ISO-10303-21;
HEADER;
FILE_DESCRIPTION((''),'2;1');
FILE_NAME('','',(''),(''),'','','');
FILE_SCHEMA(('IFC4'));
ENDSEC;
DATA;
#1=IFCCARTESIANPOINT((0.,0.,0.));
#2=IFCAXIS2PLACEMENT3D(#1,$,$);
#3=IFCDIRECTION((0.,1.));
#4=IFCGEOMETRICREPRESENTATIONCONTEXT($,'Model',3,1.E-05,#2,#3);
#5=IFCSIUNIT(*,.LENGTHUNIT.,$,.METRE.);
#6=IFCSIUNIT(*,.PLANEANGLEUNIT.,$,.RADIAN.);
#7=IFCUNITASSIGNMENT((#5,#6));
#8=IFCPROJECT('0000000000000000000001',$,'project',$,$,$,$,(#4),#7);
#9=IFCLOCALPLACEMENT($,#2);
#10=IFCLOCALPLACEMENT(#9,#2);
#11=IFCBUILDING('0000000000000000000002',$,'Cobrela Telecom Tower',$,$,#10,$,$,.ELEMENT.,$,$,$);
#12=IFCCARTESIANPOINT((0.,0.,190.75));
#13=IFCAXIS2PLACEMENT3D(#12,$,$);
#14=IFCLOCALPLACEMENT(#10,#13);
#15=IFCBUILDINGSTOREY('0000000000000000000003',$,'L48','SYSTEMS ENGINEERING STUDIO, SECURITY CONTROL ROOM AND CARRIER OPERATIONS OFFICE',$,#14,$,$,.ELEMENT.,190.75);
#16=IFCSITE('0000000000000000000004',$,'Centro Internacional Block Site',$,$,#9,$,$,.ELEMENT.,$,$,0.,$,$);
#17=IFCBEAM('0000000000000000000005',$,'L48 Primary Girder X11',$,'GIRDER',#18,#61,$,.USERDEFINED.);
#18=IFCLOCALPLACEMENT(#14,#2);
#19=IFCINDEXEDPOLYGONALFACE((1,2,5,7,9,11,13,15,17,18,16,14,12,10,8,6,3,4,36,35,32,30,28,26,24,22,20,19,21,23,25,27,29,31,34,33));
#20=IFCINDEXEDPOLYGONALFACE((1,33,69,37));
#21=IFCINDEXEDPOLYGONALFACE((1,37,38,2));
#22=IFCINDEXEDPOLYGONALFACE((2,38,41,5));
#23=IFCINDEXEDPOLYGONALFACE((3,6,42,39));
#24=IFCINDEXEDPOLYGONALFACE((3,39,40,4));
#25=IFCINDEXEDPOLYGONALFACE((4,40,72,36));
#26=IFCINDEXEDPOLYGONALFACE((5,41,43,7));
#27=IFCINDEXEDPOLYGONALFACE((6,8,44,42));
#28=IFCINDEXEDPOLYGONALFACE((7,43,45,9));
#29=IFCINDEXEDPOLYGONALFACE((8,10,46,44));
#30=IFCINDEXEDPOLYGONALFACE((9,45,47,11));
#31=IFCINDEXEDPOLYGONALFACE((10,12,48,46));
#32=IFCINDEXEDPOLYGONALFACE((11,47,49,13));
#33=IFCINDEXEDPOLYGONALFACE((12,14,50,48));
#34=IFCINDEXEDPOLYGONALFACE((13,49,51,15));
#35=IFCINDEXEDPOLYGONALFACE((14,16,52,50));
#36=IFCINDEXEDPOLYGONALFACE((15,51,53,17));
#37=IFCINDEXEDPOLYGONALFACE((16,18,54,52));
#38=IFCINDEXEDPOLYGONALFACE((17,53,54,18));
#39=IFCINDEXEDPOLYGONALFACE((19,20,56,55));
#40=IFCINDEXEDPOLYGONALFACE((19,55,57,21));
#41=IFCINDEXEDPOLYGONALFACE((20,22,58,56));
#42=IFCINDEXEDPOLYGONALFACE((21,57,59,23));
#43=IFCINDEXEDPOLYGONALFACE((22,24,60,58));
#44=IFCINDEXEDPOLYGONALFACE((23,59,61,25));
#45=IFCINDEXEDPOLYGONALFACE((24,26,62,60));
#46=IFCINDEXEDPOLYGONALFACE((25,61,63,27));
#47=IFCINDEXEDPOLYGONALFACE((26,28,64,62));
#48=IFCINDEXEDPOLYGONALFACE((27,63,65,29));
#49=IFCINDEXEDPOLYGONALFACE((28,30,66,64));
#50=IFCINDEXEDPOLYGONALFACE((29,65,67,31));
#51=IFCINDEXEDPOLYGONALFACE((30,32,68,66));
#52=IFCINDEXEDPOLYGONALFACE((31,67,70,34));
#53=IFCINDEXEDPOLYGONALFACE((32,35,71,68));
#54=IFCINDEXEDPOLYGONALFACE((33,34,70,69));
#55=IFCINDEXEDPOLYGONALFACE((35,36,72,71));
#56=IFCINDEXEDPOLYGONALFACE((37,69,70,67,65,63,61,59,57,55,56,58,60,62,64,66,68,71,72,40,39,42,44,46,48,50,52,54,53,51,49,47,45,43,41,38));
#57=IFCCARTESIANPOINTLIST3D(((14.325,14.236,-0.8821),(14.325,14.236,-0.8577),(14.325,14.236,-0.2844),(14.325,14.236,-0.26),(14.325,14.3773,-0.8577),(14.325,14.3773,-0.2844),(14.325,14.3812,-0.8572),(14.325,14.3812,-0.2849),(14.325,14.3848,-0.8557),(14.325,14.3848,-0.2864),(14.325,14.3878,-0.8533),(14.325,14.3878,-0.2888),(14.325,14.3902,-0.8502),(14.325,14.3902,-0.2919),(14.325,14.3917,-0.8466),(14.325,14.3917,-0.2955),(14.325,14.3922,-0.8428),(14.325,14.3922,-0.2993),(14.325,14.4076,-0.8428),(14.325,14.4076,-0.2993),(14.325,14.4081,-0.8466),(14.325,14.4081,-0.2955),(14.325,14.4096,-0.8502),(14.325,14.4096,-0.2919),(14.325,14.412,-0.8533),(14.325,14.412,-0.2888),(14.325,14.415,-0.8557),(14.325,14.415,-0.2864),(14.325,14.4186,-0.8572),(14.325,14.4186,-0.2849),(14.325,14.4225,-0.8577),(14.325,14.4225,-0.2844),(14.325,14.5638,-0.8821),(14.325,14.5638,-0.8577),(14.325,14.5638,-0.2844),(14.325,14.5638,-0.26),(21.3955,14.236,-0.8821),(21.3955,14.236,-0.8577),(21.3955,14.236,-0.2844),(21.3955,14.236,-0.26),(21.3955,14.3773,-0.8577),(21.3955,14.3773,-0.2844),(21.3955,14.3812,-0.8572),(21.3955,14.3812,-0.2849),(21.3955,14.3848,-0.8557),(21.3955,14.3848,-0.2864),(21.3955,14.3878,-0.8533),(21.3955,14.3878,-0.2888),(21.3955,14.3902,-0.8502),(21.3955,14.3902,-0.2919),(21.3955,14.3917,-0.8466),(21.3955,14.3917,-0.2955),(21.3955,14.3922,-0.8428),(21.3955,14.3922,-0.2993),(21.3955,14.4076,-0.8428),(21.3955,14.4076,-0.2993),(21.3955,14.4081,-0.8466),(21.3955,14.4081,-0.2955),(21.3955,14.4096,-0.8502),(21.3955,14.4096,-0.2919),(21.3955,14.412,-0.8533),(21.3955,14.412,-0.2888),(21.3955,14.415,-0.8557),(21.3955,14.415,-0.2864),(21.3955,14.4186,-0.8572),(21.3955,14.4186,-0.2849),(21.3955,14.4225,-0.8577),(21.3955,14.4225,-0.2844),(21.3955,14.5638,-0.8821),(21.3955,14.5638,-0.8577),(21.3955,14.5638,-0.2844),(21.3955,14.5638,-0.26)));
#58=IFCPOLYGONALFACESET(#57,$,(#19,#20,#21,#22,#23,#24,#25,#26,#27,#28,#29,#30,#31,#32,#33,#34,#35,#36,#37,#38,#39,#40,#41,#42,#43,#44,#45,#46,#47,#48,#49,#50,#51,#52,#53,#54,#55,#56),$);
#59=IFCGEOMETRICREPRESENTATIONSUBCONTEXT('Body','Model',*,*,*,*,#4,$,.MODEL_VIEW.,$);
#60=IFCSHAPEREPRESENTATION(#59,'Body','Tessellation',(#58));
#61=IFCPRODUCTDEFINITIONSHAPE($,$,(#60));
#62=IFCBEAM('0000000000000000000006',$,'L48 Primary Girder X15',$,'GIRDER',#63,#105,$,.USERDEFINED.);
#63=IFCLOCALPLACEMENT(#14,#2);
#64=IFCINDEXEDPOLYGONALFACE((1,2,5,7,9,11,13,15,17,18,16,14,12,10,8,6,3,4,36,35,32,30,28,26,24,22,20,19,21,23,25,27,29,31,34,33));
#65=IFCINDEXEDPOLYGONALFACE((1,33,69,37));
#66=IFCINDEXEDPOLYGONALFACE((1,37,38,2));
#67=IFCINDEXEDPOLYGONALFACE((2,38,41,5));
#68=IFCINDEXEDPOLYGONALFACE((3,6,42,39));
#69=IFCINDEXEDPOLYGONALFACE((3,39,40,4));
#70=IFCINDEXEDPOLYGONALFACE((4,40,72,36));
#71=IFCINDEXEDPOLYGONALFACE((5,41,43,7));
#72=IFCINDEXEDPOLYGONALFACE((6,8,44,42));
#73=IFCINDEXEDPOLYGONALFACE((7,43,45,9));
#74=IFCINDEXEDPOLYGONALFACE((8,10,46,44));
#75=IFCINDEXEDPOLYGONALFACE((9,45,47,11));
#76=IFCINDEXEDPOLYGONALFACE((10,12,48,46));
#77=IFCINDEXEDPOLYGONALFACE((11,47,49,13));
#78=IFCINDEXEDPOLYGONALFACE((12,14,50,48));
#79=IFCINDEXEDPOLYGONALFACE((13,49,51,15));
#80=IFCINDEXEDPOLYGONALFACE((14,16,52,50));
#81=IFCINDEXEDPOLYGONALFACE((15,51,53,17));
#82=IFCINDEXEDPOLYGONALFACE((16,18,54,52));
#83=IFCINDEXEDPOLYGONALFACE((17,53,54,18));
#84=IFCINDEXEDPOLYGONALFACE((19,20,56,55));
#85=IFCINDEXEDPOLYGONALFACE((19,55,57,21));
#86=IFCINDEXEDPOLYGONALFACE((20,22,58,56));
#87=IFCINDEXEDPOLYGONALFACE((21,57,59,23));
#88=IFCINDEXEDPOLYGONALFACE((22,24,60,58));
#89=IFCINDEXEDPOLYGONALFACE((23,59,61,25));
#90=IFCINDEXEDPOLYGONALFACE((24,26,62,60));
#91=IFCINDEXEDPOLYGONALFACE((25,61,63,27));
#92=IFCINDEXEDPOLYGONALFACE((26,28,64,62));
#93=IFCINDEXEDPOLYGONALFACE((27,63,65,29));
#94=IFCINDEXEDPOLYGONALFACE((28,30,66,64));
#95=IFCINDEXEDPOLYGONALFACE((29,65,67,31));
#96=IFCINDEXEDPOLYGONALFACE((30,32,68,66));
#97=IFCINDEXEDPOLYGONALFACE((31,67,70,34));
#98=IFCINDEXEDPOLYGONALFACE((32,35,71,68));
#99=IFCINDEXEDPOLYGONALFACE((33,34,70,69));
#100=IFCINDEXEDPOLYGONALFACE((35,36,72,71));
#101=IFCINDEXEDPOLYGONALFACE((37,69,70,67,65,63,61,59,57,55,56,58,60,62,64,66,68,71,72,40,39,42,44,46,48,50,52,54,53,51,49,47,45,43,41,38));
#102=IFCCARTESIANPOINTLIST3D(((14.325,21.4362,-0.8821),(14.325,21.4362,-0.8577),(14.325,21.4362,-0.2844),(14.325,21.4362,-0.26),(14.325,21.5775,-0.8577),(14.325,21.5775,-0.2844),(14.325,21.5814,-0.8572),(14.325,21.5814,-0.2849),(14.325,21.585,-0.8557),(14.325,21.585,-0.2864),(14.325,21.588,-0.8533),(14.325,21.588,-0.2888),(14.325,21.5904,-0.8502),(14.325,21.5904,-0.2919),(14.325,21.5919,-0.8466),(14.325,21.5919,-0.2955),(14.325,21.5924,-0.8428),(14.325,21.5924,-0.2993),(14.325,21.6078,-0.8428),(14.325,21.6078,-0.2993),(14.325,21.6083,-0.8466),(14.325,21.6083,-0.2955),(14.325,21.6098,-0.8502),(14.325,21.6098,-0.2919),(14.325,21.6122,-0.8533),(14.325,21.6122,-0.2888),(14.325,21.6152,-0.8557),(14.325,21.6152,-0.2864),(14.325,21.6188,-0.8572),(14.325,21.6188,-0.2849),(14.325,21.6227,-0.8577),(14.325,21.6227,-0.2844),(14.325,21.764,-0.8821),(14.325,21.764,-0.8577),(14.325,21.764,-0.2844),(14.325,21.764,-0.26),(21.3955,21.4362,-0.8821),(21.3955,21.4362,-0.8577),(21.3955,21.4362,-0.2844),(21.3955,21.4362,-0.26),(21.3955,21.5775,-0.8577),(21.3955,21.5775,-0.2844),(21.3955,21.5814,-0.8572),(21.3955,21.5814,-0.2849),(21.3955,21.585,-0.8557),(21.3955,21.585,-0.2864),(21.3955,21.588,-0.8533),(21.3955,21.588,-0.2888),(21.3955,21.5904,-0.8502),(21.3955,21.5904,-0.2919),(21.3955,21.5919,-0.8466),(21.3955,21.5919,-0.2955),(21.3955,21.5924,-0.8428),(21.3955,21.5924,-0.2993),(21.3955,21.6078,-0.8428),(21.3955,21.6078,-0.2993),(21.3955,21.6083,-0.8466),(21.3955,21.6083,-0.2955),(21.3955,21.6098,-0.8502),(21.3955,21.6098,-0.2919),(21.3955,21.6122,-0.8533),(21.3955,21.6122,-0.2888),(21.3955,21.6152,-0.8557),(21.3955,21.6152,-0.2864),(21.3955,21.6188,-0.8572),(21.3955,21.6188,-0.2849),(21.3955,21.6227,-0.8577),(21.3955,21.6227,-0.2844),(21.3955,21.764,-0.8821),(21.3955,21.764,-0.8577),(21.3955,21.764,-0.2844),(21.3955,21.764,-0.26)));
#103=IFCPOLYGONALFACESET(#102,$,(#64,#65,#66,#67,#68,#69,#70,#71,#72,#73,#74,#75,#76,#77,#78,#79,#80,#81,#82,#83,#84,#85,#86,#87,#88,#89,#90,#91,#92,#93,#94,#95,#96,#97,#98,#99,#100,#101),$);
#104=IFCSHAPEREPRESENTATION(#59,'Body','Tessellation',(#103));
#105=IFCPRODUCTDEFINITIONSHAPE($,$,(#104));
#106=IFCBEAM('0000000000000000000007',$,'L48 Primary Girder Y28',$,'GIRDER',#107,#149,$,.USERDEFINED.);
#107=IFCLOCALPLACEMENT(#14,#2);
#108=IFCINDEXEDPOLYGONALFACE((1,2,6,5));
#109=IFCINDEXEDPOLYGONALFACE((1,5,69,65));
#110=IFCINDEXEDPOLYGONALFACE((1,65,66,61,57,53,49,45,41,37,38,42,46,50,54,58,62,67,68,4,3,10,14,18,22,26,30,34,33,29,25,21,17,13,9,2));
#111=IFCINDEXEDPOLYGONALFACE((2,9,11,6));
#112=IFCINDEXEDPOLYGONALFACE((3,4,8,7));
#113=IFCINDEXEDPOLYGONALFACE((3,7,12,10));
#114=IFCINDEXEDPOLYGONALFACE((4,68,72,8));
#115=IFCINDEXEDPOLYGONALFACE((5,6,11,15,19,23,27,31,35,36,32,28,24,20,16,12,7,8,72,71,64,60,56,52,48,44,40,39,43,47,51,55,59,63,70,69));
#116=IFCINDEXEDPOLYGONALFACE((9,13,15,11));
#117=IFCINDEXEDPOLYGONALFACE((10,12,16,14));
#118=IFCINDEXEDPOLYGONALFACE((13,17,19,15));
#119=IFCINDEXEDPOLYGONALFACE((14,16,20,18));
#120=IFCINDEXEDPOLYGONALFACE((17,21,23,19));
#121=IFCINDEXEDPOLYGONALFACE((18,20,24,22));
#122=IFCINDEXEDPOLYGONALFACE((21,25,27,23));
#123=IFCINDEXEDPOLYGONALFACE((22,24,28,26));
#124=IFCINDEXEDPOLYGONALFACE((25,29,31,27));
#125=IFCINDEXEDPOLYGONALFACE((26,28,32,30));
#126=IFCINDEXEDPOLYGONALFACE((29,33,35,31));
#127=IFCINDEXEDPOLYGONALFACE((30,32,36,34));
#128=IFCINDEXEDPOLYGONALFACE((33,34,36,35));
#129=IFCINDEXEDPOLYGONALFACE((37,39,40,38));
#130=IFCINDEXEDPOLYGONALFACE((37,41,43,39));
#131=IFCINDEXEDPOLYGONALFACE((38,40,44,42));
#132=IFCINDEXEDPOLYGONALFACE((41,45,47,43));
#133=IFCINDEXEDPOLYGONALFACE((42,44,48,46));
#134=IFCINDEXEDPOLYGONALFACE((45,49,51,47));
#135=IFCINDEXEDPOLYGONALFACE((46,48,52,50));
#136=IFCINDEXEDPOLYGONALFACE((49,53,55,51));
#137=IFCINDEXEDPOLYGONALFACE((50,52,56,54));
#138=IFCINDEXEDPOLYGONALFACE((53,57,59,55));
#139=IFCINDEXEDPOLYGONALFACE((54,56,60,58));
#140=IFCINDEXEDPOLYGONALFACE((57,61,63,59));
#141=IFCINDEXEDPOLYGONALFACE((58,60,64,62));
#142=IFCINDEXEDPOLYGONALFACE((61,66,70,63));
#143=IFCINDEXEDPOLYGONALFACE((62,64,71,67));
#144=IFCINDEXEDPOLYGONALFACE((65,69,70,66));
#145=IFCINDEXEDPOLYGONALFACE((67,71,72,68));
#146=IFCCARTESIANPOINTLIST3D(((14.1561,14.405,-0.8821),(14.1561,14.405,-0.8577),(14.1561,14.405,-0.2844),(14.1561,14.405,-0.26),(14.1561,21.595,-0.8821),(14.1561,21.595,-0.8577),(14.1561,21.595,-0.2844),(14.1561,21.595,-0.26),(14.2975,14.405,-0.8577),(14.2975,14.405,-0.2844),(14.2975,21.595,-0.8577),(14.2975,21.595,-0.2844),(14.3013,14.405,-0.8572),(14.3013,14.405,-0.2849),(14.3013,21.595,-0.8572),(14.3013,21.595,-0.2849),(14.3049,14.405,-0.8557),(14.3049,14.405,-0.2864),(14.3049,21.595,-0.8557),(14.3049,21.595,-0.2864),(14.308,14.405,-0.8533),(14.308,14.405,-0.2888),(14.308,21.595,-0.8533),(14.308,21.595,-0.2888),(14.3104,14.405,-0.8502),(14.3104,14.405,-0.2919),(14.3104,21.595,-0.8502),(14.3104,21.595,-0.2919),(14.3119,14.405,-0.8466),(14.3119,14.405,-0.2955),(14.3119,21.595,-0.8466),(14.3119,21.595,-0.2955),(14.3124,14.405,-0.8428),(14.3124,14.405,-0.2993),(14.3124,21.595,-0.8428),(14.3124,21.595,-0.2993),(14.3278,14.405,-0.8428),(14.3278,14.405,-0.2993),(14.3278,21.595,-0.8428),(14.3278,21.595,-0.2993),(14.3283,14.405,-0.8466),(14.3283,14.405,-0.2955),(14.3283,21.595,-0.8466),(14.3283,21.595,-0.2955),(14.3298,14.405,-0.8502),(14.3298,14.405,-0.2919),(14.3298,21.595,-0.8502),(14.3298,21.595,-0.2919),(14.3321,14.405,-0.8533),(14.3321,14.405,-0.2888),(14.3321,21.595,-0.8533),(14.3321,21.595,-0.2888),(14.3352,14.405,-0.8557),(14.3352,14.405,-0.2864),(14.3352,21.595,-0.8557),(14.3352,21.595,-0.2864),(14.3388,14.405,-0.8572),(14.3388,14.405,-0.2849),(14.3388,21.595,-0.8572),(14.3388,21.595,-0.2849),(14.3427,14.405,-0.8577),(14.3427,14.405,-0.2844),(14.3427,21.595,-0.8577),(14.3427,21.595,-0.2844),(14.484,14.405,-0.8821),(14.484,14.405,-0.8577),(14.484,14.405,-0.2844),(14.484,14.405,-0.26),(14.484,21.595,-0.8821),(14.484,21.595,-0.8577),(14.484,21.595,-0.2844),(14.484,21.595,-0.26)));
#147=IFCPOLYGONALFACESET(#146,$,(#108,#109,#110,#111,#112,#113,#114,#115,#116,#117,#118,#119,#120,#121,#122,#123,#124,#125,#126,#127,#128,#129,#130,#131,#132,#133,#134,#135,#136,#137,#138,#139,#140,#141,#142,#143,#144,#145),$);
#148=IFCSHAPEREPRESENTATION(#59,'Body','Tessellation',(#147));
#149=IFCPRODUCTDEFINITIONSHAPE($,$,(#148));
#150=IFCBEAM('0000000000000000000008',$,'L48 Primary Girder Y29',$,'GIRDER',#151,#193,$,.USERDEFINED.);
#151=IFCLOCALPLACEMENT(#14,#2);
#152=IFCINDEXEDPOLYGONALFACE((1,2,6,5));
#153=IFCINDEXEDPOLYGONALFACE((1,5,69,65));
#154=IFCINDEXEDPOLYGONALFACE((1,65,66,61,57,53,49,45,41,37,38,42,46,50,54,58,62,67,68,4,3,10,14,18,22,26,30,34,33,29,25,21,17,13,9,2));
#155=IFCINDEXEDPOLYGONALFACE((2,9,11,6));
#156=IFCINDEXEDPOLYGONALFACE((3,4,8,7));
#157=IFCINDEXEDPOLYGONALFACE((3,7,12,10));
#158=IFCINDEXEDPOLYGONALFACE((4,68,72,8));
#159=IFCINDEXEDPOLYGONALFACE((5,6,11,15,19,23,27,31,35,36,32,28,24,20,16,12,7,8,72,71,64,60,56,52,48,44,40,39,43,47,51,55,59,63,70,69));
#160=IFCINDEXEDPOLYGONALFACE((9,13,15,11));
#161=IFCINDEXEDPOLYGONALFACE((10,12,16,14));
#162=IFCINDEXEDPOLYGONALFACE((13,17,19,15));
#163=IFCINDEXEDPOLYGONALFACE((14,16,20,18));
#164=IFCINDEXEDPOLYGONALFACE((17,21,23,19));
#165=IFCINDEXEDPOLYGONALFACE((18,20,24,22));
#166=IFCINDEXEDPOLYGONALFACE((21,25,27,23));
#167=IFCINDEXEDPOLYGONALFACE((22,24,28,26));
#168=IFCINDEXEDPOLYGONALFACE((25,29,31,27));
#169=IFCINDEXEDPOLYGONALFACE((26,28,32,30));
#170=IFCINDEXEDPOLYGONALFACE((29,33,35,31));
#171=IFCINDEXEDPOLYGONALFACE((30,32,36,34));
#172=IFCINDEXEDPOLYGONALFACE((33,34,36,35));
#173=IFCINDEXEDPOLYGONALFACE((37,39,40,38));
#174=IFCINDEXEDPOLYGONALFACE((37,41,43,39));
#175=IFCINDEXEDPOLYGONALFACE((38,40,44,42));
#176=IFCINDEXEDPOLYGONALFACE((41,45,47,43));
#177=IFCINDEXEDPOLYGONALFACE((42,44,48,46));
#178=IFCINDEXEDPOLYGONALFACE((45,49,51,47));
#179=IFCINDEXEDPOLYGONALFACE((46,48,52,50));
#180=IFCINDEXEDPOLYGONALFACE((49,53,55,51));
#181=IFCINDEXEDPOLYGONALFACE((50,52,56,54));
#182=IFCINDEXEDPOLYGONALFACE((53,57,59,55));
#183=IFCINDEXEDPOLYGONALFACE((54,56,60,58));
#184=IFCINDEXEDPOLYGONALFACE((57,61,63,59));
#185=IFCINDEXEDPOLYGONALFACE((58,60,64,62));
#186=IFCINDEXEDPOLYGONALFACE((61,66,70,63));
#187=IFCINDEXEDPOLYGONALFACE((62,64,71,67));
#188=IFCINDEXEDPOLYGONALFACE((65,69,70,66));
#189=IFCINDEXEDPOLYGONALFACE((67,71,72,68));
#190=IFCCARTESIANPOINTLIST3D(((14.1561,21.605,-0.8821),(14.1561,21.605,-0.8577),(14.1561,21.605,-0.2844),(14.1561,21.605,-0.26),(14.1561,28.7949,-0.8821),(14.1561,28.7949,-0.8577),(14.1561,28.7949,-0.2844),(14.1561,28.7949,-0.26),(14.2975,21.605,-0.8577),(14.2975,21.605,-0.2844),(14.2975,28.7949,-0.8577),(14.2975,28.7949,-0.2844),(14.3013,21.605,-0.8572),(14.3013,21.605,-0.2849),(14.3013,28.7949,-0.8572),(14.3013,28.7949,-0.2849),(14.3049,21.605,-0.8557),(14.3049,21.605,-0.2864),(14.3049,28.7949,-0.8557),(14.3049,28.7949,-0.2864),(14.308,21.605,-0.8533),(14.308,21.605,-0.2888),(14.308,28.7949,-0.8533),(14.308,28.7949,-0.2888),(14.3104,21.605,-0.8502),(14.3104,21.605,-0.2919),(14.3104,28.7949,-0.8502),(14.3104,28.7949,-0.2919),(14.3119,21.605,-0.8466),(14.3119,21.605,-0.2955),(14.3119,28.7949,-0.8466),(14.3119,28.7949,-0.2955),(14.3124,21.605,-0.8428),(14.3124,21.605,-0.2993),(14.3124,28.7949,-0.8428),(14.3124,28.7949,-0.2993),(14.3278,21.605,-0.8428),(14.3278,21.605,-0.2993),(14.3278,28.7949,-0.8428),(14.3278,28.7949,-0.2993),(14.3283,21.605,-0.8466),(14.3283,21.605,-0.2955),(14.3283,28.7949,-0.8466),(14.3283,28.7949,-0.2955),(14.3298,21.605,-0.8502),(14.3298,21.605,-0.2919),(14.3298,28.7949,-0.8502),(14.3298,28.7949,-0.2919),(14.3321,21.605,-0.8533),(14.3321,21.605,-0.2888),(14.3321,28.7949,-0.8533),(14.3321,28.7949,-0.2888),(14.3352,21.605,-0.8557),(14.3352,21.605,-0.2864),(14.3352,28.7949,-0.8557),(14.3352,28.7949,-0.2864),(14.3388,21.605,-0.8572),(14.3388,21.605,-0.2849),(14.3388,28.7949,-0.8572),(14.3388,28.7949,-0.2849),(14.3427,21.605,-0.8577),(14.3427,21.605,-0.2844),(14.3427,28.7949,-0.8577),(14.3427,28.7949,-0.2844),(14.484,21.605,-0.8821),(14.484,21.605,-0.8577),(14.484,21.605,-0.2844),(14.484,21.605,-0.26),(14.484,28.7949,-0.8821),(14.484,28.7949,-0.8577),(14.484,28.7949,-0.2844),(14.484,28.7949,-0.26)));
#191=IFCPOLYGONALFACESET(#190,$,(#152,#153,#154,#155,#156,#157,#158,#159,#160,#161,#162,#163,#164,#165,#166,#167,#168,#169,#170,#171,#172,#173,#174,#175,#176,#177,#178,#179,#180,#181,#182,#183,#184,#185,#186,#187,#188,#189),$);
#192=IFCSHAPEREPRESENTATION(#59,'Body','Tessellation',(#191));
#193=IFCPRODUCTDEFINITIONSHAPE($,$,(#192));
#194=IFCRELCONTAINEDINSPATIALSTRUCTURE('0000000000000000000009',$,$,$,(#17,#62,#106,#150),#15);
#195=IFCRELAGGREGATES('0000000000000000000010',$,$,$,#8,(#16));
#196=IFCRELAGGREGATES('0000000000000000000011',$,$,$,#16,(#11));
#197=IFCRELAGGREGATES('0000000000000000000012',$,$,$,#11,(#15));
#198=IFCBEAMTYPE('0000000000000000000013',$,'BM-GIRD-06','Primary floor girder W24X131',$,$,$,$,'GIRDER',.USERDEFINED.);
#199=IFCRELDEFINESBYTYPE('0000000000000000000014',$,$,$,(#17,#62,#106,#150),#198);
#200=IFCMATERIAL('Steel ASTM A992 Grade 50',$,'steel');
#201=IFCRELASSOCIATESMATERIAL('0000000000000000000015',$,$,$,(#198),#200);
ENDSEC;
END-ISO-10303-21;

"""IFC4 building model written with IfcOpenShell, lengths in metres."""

from ifc_helpers import new_model, si_unit, direction, frame, origin, origin_2d, place, context, subcontext, project, spatial, i_section, extrude, material, material_profile, profile_set, type_object, element, save


model = new_model("IFC4")

# Units and contexts
model_context = context("Model", 3, precision=1e-05, world=origin(), true_north=direction((0.0, 1.0)))
body_context = subcontext(model_context, "Body", "Model", "MODEL_VIEW")
ifc_project = project(units=[si_unit("LENGTHUNIT", "METRE"), si_unit("PLANEANGLEUNIT", "RADIAN")], contexts=[model_context])

# Site, building, storey
site_placement = place(None, origin())
site = spatial("IfcSite", under=ifc_project, at=site_placement, Name="Centro Internacional Block Site", CompositionType="ELEMENT", RefElevation=0.0)
building_placement = place(site_placement, origin())
building = spatial("IfcBuilding", under=site, at=building_placement, Name="Cobrela Telecom Tower", CompositionType="ELEMENT")
storey_placement = place(building_placement, frame((0.0, 0.0, 190.75)))
storey = spatial("IfcBuildingStorey", under=building, at=storey_placement, Name="L48", Description="SYSTEMS ENGINEERING STUDIO, SECURITY CONTROL ROOM AND CARRIER OPERATIONS OFFICE", CompositionType="ELEMENT", Elevation=190.75)

# Beams
ifc_material_1 = material(Name="Steel ASTM A992 Grade 50", Category="steel")
ifc_material_profile_1 = material_profile(ifc_material_1, i_section(OverallWidth=0.3279, OverallDepth=0.6221, WebThickness=0.0154, FlangeThickness=0.0244, FilletRadius=0.0149, at=origin_2d()), Name="W24X131")
ifc_profile_set_1 = profile_set([ifc_material_profile_1], Name="Steel ASTM A992 Grade 50")
beam_type_1 = type_object("IfcBeamType", Name="BM-GIRD-06", Description="Primary floor girder W24X131", ElementType="GIRDER", PredefinedType="USERDEFINED", material=ifc_profile_set_1)
for number, where, z_axis, x_axis, name in (
    (1, (14.325, 14.3999, -0.571), (1.0, 0.0, 0.0), (0.0, 1.0, 0.0), "L48 Primary Girder X11"),
    (2, (14.325, 21.6001, -0.571), (1.0, 0.0, 0.0), (0.0, 1.0, 0.0), "L48 Primary Girder X15"),
):
    element("IfcBeam", number, at=place(storey_placement, frame(where, z_axis=z_axis, x_axis=x_axis)), inside=storey, type_object=beam_type_1, Name=name, ObjectType="GIRDER", PredefinedType="USERDEFINED", context=body_context, shape_type="SweptSolid", body=[
        extrude(i_section(OverallWidth=0.3279, OverallDepth=0.6221, WebThickness=0.0154, FlangeThickness=0.0244, FilletRadius=0.0149, at=origin_2d()), origin(), (0.0, 0.0, 1.0), 7.0706),
    ])
for number, where, z_axis, x_axis, name in (
    (3, (14.3201, 14.405, -0.571), (0.0, 1.0, 0.0), (-1.0, 0.0, 0.0), "L48 Primary Girder Y28"),
    (4, (14.3201, 21.605, -0.571), (0.0, 1.0, 0.0), (-1.0, 0.0, 0.0), "L48 Primary Girder Y29"),
):
    element("IfcBeam", number, at=place(storey_placement, frame(where, z_axis=z_axis, x_axis=x_axis)), inside=storey, type_object=beam_type_1, Name=name, ObjectType="GIRDER", PredefinedType="USERDEFINED", context=body_context, shape_type="SweptSolid", body=[
        extrude(i_section(OverallWidth=0.3279, OverallDepth=0.6221, WebThickness=0.0154, FlangeThickness=0.0244, FilletRadius=0.0149, at=origin_2d()), origin(), (0.0, 0.0, 1.0), 7.1899),
    ])

save(model, "model.ifc")
